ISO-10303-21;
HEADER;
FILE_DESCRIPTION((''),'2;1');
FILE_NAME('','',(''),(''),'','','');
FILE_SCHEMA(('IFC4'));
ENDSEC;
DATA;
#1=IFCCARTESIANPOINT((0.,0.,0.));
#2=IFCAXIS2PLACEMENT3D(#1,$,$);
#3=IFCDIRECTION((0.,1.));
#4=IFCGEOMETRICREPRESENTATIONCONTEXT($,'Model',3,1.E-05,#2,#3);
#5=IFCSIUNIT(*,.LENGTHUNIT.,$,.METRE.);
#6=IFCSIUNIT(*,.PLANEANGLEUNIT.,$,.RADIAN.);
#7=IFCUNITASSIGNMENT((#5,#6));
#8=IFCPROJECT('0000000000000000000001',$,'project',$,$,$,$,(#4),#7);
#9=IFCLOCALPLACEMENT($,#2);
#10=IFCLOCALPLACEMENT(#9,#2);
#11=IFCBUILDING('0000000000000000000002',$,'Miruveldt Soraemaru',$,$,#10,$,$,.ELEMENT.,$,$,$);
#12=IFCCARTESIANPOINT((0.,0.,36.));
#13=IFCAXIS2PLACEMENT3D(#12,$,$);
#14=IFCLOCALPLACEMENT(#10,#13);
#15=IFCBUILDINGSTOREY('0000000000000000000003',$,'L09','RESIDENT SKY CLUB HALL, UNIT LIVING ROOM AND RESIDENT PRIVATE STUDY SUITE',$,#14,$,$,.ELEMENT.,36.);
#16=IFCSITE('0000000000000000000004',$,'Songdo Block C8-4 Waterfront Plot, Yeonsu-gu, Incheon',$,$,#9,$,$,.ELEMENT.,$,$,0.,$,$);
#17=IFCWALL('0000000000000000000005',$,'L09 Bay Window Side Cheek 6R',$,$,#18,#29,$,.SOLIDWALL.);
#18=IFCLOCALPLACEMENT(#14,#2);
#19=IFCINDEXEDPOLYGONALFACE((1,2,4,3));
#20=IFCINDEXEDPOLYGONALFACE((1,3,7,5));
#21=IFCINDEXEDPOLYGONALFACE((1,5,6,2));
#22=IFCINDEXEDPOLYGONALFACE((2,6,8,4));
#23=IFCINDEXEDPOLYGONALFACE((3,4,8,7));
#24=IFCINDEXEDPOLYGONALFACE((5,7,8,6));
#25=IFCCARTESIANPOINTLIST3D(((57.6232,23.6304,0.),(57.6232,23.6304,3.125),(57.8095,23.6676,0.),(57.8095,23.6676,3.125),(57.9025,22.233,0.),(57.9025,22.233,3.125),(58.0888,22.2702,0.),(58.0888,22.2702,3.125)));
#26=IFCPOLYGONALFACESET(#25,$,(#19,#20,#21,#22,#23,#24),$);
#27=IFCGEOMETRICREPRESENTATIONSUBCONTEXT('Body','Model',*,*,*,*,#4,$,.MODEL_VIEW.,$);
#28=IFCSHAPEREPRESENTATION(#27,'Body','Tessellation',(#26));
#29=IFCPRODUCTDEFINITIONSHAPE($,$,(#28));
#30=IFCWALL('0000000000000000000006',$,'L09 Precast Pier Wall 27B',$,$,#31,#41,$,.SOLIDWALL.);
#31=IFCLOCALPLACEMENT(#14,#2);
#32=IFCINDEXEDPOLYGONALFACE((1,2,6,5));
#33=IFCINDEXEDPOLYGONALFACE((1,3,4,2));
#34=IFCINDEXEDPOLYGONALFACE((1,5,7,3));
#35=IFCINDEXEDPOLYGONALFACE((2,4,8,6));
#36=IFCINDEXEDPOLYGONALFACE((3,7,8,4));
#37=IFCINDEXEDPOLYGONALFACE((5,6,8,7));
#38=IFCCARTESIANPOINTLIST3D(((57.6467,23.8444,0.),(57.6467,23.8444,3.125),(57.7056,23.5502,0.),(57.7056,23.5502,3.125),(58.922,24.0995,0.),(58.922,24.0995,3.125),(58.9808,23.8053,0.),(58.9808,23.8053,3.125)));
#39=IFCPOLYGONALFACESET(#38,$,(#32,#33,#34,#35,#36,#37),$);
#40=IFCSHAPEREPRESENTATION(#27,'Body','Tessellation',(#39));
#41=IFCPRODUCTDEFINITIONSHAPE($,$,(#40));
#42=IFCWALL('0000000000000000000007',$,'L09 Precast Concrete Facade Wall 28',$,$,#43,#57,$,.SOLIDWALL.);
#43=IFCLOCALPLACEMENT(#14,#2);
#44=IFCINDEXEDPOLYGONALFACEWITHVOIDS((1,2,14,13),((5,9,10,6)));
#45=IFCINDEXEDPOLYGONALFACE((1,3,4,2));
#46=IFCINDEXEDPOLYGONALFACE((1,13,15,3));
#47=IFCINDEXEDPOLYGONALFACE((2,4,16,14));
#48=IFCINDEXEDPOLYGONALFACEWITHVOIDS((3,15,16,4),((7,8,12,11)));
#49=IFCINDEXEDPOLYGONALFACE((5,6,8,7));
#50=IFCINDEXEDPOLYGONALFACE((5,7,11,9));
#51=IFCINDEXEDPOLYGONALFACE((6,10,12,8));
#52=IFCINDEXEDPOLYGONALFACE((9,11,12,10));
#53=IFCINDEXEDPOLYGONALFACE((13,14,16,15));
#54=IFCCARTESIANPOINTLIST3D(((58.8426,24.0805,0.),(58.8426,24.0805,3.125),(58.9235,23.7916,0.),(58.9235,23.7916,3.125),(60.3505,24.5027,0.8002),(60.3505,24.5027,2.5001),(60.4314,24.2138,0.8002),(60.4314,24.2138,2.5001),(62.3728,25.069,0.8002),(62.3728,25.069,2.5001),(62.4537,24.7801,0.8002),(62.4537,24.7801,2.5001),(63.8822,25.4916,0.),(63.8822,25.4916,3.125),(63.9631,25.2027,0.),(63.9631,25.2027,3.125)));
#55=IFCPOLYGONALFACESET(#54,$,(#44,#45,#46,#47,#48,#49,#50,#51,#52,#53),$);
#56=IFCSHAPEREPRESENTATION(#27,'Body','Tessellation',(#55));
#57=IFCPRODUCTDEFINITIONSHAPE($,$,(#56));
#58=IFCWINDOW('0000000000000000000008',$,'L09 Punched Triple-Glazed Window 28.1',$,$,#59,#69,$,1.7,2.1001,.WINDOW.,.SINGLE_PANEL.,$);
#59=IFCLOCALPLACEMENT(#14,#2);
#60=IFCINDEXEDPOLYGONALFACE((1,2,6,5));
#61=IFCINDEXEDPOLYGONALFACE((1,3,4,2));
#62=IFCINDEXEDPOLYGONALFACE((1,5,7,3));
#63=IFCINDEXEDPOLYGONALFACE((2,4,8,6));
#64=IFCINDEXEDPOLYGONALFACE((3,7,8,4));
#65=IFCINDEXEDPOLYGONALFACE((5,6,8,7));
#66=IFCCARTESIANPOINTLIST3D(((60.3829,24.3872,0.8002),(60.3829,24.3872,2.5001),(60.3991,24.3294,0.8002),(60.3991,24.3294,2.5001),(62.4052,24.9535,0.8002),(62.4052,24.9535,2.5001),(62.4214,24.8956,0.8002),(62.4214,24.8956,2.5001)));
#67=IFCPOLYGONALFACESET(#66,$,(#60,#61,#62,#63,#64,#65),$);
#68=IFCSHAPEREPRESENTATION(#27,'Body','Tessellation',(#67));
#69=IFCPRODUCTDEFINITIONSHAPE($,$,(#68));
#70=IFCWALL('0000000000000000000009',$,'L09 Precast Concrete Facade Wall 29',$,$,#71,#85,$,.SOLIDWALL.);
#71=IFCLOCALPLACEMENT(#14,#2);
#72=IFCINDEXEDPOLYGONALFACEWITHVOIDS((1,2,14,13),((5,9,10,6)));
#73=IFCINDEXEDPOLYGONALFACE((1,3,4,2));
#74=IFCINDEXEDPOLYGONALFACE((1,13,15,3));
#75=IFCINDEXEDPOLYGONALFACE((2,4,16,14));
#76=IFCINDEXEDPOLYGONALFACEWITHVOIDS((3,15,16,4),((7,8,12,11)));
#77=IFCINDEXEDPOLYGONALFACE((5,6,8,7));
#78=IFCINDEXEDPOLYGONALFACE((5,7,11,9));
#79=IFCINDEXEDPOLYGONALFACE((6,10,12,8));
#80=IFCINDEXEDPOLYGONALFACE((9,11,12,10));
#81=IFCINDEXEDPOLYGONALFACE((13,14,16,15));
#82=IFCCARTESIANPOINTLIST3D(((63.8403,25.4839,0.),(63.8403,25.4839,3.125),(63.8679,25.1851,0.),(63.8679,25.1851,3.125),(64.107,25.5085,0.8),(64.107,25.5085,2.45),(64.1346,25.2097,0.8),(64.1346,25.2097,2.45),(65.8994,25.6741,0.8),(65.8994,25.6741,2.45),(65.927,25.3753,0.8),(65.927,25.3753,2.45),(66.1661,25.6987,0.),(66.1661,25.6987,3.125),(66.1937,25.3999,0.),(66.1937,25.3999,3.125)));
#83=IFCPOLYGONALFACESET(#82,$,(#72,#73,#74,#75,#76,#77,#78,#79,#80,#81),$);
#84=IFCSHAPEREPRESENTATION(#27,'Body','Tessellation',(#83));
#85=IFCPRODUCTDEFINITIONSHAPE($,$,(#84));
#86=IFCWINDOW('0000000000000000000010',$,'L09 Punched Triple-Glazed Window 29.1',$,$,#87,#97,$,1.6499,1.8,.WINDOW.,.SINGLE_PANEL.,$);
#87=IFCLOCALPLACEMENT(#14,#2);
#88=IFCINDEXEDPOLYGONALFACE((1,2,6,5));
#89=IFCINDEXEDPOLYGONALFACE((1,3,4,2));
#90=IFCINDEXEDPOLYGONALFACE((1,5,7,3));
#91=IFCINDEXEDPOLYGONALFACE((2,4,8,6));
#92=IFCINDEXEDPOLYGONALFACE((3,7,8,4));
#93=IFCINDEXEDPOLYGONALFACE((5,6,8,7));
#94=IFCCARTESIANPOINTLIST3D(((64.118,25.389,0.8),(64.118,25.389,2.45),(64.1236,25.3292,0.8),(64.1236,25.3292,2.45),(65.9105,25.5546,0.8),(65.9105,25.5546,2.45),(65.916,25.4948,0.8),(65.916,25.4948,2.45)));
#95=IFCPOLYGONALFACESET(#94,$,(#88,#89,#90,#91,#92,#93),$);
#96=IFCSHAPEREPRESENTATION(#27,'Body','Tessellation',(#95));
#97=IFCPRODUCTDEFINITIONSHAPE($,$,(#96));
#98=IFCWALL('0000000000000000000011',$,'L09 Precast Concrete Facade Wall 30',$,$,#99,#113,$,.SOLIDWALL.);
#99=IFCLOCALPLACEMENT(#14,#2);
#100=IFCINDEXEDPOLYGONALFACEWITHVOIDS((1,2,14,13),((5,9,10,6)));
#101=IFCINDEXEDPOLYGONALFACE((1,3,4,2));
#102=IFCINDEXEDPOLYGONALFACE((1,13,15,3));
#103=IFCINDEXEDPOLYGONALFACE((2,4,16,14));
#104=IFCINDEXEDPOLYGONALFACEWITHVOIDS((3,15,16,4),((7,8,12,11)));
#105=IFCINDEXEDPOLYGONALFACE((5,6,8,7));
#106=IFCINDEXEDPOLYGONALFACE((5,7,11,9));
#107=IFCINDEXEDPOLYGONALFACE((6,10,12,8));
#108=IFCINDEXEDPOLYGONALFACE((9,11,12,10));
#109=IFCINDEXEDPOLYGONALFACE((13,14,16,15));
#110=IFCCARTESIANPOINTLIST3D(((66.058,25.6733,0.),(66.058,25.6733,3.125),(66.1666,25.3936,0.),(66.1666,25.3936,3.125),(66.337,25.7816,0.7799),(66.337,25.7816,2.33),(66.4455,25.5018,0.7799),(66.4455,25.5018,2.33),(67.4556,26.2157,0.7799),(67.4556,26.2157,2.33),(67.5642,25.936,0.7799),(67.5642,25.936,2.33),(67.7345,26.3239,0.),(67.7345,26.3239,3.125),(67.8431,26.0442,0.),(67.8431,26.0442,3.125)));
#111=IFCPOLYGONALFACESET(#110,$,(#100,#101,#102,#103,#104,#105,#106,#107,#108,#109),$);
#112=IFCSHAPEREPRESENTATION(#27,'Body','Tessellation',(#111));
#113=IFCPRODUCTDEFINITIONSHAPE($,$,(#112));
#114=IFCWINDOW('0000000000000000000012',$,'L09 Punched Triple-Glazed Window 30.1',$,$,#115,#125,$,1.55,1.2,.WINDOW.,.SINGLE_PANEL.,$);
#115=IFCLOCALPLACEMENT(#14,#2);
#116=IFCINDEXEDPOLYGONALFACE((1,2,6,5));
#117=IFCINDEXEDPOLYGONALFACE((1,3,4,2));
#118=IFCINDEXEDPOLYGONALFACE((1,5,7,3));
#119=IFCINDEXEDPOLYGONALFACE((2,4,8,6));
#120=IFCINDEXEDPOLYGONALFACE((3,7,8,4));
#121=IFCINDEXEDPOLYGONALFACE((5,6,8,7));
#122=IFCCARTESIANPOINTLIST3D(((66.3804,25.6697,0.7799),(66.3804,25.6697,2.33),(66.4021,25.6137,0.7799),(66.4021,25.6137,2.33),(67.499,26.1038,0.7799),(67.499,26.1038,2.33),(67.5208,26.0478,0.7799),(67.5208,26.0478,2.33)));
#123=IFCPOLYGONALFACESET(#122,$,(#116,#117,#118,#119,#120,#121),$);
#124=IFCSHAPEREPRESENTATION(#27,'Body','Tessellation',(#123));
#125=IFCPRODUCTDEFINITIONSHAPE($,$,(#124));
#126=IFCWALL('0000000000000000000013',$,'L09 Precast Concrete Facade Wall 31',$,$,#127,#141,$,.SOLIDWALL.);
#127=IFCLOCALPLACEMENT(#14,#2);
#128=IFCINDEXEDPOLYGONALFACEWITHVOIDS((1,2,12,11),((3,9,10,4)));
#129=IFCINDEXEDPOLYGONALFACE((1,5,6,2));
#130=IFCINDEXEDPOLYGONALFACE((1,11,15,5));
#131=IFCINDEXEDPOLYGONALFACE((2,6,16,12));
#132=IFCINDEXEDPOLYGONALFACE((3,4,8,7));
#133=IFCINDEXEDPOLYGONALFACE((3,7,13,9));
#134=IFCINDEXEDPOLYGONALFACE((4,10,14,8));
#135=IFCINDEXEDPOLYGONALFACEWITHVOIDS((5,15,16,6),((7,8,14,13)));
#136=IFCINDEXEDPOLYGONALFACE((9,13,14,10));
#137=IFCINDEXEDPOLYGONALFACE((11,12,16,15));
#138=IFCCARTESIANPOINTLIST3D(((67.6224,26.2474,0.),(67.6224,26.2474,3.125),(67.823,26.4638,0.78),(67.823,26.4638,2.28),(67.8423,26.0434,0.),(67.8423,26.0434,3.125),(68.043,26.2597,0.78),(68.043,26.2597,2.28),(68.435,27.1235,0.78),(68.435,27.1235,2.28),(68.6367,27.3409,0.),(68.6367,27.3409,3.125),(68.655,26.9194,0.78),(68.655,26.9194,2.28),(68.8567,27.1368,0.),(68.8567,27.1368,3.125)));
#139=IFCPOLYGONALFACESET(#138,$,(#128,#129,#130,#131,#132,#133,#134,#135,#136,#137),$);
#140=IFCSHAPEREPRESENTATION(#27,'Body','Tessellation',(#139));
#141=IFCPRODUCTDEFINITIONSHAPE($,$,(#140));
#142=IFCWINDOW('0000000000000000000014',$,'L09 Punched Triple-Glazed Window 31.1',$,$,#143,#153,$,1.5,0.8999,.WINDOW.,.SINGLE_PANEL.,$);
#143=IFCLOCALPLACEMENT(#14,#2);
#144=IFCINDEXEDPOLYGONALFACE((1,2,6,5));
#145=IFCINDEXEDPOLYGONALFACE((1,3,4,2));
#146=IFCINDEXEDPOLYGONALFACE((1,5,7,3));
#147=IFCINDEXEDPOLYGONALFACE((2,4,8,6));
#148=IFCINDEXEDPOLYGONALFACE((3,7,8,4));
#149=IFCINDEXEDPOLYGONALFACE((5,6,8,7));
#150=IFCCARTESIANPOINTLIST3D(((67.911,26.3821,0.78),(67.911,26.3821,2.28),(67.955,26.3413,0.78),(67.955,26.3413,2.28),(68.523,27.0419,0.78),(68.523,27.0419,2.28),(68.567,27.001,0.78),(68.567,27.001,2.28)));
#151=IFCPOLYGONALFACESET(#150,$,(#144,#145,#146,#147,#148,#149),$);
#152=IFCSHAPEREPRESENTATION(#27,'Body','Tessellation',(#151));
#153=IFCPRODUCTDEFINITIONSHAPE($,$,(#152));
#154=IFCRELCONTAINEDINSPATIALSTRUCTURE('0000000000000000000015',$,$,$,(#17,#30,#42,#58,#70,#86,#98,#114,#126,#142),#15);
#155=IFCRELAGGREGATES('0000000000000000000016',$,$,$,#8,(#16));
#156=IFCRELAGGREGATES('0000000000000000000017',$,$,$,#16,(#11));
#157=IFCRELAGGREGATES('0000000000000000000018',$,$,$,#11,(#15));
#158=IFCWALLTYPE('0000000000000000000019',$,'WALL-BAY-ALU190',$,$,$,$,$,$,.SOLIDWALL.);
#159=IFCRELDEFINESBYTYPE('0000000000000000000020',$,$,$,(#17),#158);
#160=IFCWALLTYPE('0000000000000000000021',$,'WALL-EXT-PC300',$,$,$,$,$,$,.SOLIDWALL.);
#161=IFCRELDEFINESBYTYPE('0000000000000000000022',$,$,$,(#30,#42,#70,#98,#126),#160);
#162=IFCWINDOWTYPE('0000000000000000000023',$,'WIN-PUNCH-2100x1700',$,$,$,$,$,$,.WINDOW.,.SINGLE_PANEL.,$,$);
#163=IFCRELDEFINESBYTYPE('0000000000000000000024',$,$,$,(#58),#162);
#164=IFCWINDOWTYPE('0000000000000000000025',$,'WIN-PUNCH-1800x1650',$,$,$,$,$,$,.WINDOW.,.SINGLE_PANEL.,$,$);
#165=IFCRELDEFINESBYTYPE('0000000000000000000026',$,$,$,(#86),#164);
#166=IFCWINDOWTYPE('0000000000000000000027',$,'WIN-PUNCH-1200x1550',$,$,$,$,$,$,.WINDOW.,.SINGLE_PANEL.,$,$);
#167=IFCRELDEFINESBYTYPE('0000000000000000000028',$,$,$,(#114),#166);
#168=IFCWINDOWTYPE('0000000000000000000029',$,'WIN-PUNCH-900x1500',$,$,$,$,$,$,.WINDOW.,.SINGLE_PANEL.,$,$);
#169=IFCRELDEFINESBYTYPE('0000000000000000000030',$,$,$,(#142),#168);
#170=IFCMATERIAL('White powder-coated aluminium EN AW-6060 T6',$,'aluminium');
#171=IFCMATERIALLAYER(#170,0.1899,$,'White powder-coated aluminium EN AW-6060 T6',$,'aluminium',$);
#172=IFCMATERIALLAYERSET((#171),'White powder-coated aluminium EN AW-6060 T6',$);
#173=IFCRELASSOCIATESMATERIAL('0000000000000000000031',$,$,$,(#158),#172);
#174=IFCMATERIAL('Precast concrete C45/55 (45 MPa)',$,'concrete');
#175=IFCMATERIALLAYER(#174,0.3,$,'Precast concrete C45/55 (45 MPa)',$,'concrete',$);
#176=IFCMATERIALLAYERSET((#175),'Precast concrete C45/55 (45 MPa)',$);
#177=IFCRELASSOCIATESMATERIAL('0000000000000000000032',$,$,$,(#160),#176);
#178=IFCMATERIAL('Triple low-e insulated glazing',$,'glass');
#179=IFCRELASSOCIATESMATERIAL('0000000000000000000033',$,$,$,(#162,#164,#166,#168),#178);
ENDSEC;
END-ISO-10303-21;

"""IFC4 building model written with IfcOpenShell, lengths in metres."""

from ifc_helpers import new_model, si_unit, direction, frame, frame_2d, origin, place, context, subcontext, project, spatial, rectangle, extrude, material, layer, layer_set, type_object, element, fill, save


model = new_model("IFC4")

# Units and contexts
model_context = context("Model", 3, precision=1e-05, world=origin(), true_north=direction((0.0, 1.0)))
body_context = subcontext(model_context, "Body", "Model", "MODEL_VIEW")
ifc_project = project(units=[si_unit("LENGTHUNIT", "METRE"), si_unit("PLANEANGLEUNIT", "RADIAN")], contexts=[model_context])

# Site, building, storey
site_placement = place(None, origin())
site = spatial("IfcSite", under=ifc_project, at=site_placement, Name="Songdo Block C8-4 Waterfront Plot, Yeonsu-gu, Incheon", CompositionType="ELEMENT", RefElevation=0.0)
building_placement = place(site_placement, origin())
building = spatial("IfcBuilding", under=site, at=building_placement, Name="Miruveldt Soraemaru", CompositionType="ELEMENT")
storey_placement = place(building_placement, frame((0.0, 0.0, 36.0)))
storey = spatial("IfcBuildingStorey", under=building, at=storey_placement, Name="L09", Description="RESIDENT SKY CLUB HALL, UNIT LIVING ROOM AND RESIDENT PRIVATE STUDY SUITE", CompositionType="ELEMENT", Elevation=36.0)

# Walls
ifc_material_1 = material(Name="White powder-coated aluminium EN AW-6060 T6", Category="aluminium")
ifc_layer_1 = layer(ifc_material_1, 0.1899, Name="White powder-coated aluminium EN AW-6060 T6", Category="aluminium")
ifc_layer_set_1 = layer_set([ifc_layer_1], Name="White powder-coated aluminium EN AW-6060 T6")
wall_type_1 = type_object("IfcWallType", Name="WALL-BAY-ALU190", PredefinedType="SOLIDWALL", material=ifc_layer_set_1)
wall_1_placement = place(storey_placement, frame((57.9956, 22.2517, 0.0), z_axis=(0.0, 0.0, 1.0), x_axis=(-0.195984, 0.980607, 0.0)))
element("IfcWall", 1, at=wall_1_placement, inside=storey, type_object=wall_type_1, Name="L09 Bay Window Side Cheek 6R", PredefinedType="SOLIDWALL", context=body_context, shape_type="SweptSolid", body=[
    extrude(rectangle(XDim=1.425, YDim=0.1899, at=frame_2d((0.7124, 0.0))), origin(), (0.0, 0.0, 1.0), 3.125),
])
ifc_material_2 = material(Name="Precast concrete C45/55 (45 MPa)", Category="concrete")
ifc_layer_2 = layer(ifc_material_2, 0.3, Name="Precast concrete C45/55 (45 MPa)", Category="concrete")
ifc_layer_set_2 = layer_set([ifc_layer_2], Name="Precast concrete C45/55 (45 MPa)")
wall_type_2 = type_object("IfcWallType", Name="WALL-EXT-PC300", PredefinedType="SOLIDWALL", material=ifc_layer_set_2)
wall_2_placement = place(storey_placement, frame((57.676, 23.6973, 0.0), z_axis=(0.0, 0.0, 1.0), x_axis=(0.980566, 0.196188, 0.0)))
element("IfcWall", 2, at=wall_2_placement, inside=storey, type_object=wall_type_2, Name="L09 Precast Pier Wall 27B", PredefinedType="SOLIDWALL", context=body_context, shape_type="SweptSolid", body=[
    extrude(rectangle(XDim=1.3005, YDim=0.3, at=frame_2d((0.6504, 0.0))), origin(), (0.0, 0.0, 1.0), 3.125),
])

# Walls, openings, windows
wall_3_placement = place(storey_placement, frame((58.8831, 23.936, 0.0), z_axis=(0.0, 0.0, 1.0), x_axis=(0.962961, 0.26964, 0.0)))
wall_3 = element("IfcWall", 3, at=wall_3_placement, inside=storey, type_object=wall_type_2, Name="L09 Precast Concrete Facade Wall 28", PredefinedType="SOLIDWALL", context=body_context, shape_type="SweptSolid", body=[
    extrude(rectangle(XDim=5.2334, YDim=0.3, at=frame_2d((2.6167, 0.0))), origin(), (0.0, 0.0, 1.0), 3.125),
])
opening_1_placement = place(wall_3_placement, frame((1.5659, 0.0, 0.8)))
opening_1 = element("IfcOpeningElement", 4, at=opening_1_placement, cuts=wall_3, PredefinedType="OPENING", context=body_context, shape_type="SweptSolid", body=[
    extrude(rectangle(XDim=2.1001, YDim=1.7, at=frame_2d((1.05, 0.8501))), frame((0.0, 0.1602, 0.0), z_axis=(0.0, -1.0, 0.0), x_axis=(1.0, 0.0, 0.0)), (0.0, 0.0, 1.0), 0.3201),
])
ifc_material_3 = material(Name="Triple low-e insulated glazing", Category="glass")
window_type_1 = type_object("IfcWindowType", Name="WIN-PUNCH-2100x1700", PartitioningType="SINGLE_PANEL", PredefinedType="WINDOW", material=ifc_material_3)
window_1_placement = place(opening_1_placement, origin())
window_1 = element("IfcWindow", 5, at=window_1_placement, inside=storey, type_object=window_type_1, Name="L09 Punched Triple-Glazed Window 28.1", OverallHeight=1.7, OverallWidth=2.1001, PartitioningType="SINGLE_PANEL", PredefinedType="WINDOW", context=body_context, shape_type="SweptSolid", body=[
    extrude(rectangle(XDim=2.1001, YDim=1.7, at=frame_2d((1.05, 0.8501))), frame((0.0, 0.03, 0.0), z_axis=(0.0, -1.0, 0.0), x_axis=(1.0, 0.0, 0.0)), (0.0, 0.0, 1.0), 0.0601),
])
fill(opening_1, window_1)
wall_4_placement = place(storey_placement, frame((63.854, 25.3345, 0.0), z_axis=(0.0, 0.0, 1.0), x_axis=(0.99576, 0.091987, 0.0)))
wall_4 = element("IfcWall", 6, at=wall_4_placement, inside=storey, type_object=wall_type_2, Name="L09 Precast Concrete Facade Wall 29", PredefinedType="SOLIDWALL", context=body_context, shape_type="SweptSolid", body=[
    extrude(rectangle(XDim=2.3357, YDim=0.3, at=frame_2d((1.168, 0.0))), origin(), (0.0, 0.0, 1.0), 3.125),
])
opening_2_placement = place(wall_4_placement, frame((0.2681, 0.0, 0.8)))
opening_2 = element("IfcOpeningElement", 7, at=opening_2_placement, cuts=wall_4, PredefinedType="OPENING", context=body_context, shape_type="SweptSolid", body=[
    extrude(rectangle(XDim=1.8, YDim=1.6499, at=frame_2d((0.8999, 0.825))), frame((0.0, 0.1602, 0.0), z_axis=(0.0, -1.0, 0.0), x_axis=(1.0, 0.0, 0.0)), (0.0, 0.0, 1.0), 0.3201),
])
window_type_2 = type_object("IfcWindowType", Name="WIN-PUNCH-1800x1650", PartitioningType="SINGLE_PANEL", PredefinedType="WINDOW", material=ifc_material_3)
window_2_placement = place(opening_2_placement, origin())
window_2 = element("IfcWindow", 8, at=window_2_placement, inside=storey, type_object=window_type_2, Name="L09 Punched Triple-Glazed Window 29.1", OverallHeight=1.6499, OverallWidth=1.8, PartitioningType="SINGLE_PANEL", PredefinedType="WINDOW", context=body_context, shape_type="SweptSolid", body=[
    extrude(rectangle(XDim=1.8, YDim=1.6499, at=frame_2d((0.8999, 0.825))), frame((0.0, 0.03, 0.0), z_axis=(0.0, -1.0, 0.0), x_axis=(1.0, 0.0, 0.0)), (0.0, 0.0, 1.0), 0.0601),
])
fill(opening_2, window_2)
wall_5_placement = place(storey_placement, frame((66.1123, 25.5334, 0.0), z_axis=(0.0, 0.0, 1.0), x_axis=(0.932257, 0.361798, 0.0)))
wall_5 = element("IfcWall", 9, at=wall_5_placement, inside=storey, type_object=wall_type_2, Name="L09 Precast Concrete Facade Wall 30", PredefinedType="SOLIDWALL", context=body_context, shape_type="SweptSolid", body=[
    extrude(rectangle(XDim=1.7983, YDim=0.3, at=frame_2d((0.8992, 0.0))), origin(), (0.0, 0.0, 1.0), 3.125),
])
opening_3_placement = place(wall_5_placement, frame((0.2991, 0.0, 0.78)))
opening_3 = element("IfcOpeningElement", 10, at=opening_3_placement, cuts=wall_5, PredefinedType="OPENING", context=body_context, shape_type="SweptSolid", body=[
    extrude(rectangle(XDim=1.2, YDim=1.55, at=frame_2d((0.6001, 0.7749))), frame((0.0, 0.1602, 0.0), z_axis=(0.0, -1.0, 0.0), x_axis=(1.0, 0.0, 0.0)), (0.0, 0.0, 1.0), 0.3201),
])
window_type_3 = type_object("IfcWindowType", Name="WIN-PUNCH-1200x1550", PartitioningType="SINGLE_PANEL", PredefinedType="WINDOW", material=ifc_material_3)
window_3_placement = place(opening_3_placement, origin())
window_3 = element("IfcWindow", 11, at=window_3_placement, inside=storey, type_object=window_type_3, Name="L09 Punched Triple-Glazed Window 30.1", OverallHeight=1.55, OverallWidth=1.2, PartitioningType="SINGLE_PANEL", PredefinedType="WINDOW", context=body_context, shape_type="SweptSolid", body=[
    extrude(rectangle(XDim=1.2, YDim=1.55, at=frame_2d((0.6001, 0.7749))), frame((0.0, 0.03, 0.0), z_axis=(0.0, -1.0, 0.0), x_axis=(1.0, 0.0, 0.0)), (0.0, 0.0, 1.0), 0.0601),
])
fill(opening_3, window_3)
wall_6_placement = place(storey_placement, frame((67.7324, 26.1455, 0.0), z_axis=(0.0, 0.0, 1.0), x_axis=(0.680093, 0.733126, 0.0)))
wall_6 = element("IfcWall", 12, at=wall_6_placement, inside=storey, type_object=wall_type_2, Name="L09 Precast Concrete Facade Wall 31", PredefinedType="SOLIDWALL", context=body_context, shape_type="SweptSolid", body=[
    extrude(rectangle(XDim=1.4915, YDim=0.3, at=frame_2d((0.7456, 0.0))), origin(), (0.0, 0.0, 1.0), 3.125),
])
opening_4_placement = place(wall_6_placement, frame((0.2949, 0.0, 0.78)))
opening_4 = element("IfcOpeningElement", 13, at=opening_4_placement, cuts=wall_6, PredefinedType="OPENING", context=body_context, shape_type="SweptSolid", body=[
    extrude(rectangle(XDim=0.8999, YDim=1.5, at=frame_2d((0.45, 0.75))), frame((0.0, 0.1602, 0.0), z_axis=(0.0, -1.0, 0.0), x_axis=(1.0, 0.0, 0.0)), (0.0, 0.0, 1.0), 0.3201),
])
window_type_4 = type_object("IfcWindowType", Name="WIN-PUNCH-900x1500", PartitioningType="SINGLE_PANEL", PredefinedType="WINDOW", material=ifc_material_3)
window_4_placement = place(opening_4_placement, origin())
window_4 = element("IfcWindow", 14, at=window_4_placement, inside=storey, type_object=window_type_4, Name="L09 Punched Triple-Glazed Window 31.1", OverallHeight=1.5, OverallWidth=0.8999, PartitioningType="SINGLE_PANEL", PredefinedType="WINDOW", context=body_context, shape_type="SweptSolid", body=[
    extrude(rectangle(XDim=0.8999, YDim=1.5, at=frame_2d((0.45, 0.75))), frame((0.0, 0.03, 0.0), z_axis=(0.0, -1.0, 0.0), x_axis=(1.0, 0.0, 0.0)), (0.0, 0.0, 1.0), 0.0601),
])
fill(opening_4, window_4)

save(model, "model.ifc")
